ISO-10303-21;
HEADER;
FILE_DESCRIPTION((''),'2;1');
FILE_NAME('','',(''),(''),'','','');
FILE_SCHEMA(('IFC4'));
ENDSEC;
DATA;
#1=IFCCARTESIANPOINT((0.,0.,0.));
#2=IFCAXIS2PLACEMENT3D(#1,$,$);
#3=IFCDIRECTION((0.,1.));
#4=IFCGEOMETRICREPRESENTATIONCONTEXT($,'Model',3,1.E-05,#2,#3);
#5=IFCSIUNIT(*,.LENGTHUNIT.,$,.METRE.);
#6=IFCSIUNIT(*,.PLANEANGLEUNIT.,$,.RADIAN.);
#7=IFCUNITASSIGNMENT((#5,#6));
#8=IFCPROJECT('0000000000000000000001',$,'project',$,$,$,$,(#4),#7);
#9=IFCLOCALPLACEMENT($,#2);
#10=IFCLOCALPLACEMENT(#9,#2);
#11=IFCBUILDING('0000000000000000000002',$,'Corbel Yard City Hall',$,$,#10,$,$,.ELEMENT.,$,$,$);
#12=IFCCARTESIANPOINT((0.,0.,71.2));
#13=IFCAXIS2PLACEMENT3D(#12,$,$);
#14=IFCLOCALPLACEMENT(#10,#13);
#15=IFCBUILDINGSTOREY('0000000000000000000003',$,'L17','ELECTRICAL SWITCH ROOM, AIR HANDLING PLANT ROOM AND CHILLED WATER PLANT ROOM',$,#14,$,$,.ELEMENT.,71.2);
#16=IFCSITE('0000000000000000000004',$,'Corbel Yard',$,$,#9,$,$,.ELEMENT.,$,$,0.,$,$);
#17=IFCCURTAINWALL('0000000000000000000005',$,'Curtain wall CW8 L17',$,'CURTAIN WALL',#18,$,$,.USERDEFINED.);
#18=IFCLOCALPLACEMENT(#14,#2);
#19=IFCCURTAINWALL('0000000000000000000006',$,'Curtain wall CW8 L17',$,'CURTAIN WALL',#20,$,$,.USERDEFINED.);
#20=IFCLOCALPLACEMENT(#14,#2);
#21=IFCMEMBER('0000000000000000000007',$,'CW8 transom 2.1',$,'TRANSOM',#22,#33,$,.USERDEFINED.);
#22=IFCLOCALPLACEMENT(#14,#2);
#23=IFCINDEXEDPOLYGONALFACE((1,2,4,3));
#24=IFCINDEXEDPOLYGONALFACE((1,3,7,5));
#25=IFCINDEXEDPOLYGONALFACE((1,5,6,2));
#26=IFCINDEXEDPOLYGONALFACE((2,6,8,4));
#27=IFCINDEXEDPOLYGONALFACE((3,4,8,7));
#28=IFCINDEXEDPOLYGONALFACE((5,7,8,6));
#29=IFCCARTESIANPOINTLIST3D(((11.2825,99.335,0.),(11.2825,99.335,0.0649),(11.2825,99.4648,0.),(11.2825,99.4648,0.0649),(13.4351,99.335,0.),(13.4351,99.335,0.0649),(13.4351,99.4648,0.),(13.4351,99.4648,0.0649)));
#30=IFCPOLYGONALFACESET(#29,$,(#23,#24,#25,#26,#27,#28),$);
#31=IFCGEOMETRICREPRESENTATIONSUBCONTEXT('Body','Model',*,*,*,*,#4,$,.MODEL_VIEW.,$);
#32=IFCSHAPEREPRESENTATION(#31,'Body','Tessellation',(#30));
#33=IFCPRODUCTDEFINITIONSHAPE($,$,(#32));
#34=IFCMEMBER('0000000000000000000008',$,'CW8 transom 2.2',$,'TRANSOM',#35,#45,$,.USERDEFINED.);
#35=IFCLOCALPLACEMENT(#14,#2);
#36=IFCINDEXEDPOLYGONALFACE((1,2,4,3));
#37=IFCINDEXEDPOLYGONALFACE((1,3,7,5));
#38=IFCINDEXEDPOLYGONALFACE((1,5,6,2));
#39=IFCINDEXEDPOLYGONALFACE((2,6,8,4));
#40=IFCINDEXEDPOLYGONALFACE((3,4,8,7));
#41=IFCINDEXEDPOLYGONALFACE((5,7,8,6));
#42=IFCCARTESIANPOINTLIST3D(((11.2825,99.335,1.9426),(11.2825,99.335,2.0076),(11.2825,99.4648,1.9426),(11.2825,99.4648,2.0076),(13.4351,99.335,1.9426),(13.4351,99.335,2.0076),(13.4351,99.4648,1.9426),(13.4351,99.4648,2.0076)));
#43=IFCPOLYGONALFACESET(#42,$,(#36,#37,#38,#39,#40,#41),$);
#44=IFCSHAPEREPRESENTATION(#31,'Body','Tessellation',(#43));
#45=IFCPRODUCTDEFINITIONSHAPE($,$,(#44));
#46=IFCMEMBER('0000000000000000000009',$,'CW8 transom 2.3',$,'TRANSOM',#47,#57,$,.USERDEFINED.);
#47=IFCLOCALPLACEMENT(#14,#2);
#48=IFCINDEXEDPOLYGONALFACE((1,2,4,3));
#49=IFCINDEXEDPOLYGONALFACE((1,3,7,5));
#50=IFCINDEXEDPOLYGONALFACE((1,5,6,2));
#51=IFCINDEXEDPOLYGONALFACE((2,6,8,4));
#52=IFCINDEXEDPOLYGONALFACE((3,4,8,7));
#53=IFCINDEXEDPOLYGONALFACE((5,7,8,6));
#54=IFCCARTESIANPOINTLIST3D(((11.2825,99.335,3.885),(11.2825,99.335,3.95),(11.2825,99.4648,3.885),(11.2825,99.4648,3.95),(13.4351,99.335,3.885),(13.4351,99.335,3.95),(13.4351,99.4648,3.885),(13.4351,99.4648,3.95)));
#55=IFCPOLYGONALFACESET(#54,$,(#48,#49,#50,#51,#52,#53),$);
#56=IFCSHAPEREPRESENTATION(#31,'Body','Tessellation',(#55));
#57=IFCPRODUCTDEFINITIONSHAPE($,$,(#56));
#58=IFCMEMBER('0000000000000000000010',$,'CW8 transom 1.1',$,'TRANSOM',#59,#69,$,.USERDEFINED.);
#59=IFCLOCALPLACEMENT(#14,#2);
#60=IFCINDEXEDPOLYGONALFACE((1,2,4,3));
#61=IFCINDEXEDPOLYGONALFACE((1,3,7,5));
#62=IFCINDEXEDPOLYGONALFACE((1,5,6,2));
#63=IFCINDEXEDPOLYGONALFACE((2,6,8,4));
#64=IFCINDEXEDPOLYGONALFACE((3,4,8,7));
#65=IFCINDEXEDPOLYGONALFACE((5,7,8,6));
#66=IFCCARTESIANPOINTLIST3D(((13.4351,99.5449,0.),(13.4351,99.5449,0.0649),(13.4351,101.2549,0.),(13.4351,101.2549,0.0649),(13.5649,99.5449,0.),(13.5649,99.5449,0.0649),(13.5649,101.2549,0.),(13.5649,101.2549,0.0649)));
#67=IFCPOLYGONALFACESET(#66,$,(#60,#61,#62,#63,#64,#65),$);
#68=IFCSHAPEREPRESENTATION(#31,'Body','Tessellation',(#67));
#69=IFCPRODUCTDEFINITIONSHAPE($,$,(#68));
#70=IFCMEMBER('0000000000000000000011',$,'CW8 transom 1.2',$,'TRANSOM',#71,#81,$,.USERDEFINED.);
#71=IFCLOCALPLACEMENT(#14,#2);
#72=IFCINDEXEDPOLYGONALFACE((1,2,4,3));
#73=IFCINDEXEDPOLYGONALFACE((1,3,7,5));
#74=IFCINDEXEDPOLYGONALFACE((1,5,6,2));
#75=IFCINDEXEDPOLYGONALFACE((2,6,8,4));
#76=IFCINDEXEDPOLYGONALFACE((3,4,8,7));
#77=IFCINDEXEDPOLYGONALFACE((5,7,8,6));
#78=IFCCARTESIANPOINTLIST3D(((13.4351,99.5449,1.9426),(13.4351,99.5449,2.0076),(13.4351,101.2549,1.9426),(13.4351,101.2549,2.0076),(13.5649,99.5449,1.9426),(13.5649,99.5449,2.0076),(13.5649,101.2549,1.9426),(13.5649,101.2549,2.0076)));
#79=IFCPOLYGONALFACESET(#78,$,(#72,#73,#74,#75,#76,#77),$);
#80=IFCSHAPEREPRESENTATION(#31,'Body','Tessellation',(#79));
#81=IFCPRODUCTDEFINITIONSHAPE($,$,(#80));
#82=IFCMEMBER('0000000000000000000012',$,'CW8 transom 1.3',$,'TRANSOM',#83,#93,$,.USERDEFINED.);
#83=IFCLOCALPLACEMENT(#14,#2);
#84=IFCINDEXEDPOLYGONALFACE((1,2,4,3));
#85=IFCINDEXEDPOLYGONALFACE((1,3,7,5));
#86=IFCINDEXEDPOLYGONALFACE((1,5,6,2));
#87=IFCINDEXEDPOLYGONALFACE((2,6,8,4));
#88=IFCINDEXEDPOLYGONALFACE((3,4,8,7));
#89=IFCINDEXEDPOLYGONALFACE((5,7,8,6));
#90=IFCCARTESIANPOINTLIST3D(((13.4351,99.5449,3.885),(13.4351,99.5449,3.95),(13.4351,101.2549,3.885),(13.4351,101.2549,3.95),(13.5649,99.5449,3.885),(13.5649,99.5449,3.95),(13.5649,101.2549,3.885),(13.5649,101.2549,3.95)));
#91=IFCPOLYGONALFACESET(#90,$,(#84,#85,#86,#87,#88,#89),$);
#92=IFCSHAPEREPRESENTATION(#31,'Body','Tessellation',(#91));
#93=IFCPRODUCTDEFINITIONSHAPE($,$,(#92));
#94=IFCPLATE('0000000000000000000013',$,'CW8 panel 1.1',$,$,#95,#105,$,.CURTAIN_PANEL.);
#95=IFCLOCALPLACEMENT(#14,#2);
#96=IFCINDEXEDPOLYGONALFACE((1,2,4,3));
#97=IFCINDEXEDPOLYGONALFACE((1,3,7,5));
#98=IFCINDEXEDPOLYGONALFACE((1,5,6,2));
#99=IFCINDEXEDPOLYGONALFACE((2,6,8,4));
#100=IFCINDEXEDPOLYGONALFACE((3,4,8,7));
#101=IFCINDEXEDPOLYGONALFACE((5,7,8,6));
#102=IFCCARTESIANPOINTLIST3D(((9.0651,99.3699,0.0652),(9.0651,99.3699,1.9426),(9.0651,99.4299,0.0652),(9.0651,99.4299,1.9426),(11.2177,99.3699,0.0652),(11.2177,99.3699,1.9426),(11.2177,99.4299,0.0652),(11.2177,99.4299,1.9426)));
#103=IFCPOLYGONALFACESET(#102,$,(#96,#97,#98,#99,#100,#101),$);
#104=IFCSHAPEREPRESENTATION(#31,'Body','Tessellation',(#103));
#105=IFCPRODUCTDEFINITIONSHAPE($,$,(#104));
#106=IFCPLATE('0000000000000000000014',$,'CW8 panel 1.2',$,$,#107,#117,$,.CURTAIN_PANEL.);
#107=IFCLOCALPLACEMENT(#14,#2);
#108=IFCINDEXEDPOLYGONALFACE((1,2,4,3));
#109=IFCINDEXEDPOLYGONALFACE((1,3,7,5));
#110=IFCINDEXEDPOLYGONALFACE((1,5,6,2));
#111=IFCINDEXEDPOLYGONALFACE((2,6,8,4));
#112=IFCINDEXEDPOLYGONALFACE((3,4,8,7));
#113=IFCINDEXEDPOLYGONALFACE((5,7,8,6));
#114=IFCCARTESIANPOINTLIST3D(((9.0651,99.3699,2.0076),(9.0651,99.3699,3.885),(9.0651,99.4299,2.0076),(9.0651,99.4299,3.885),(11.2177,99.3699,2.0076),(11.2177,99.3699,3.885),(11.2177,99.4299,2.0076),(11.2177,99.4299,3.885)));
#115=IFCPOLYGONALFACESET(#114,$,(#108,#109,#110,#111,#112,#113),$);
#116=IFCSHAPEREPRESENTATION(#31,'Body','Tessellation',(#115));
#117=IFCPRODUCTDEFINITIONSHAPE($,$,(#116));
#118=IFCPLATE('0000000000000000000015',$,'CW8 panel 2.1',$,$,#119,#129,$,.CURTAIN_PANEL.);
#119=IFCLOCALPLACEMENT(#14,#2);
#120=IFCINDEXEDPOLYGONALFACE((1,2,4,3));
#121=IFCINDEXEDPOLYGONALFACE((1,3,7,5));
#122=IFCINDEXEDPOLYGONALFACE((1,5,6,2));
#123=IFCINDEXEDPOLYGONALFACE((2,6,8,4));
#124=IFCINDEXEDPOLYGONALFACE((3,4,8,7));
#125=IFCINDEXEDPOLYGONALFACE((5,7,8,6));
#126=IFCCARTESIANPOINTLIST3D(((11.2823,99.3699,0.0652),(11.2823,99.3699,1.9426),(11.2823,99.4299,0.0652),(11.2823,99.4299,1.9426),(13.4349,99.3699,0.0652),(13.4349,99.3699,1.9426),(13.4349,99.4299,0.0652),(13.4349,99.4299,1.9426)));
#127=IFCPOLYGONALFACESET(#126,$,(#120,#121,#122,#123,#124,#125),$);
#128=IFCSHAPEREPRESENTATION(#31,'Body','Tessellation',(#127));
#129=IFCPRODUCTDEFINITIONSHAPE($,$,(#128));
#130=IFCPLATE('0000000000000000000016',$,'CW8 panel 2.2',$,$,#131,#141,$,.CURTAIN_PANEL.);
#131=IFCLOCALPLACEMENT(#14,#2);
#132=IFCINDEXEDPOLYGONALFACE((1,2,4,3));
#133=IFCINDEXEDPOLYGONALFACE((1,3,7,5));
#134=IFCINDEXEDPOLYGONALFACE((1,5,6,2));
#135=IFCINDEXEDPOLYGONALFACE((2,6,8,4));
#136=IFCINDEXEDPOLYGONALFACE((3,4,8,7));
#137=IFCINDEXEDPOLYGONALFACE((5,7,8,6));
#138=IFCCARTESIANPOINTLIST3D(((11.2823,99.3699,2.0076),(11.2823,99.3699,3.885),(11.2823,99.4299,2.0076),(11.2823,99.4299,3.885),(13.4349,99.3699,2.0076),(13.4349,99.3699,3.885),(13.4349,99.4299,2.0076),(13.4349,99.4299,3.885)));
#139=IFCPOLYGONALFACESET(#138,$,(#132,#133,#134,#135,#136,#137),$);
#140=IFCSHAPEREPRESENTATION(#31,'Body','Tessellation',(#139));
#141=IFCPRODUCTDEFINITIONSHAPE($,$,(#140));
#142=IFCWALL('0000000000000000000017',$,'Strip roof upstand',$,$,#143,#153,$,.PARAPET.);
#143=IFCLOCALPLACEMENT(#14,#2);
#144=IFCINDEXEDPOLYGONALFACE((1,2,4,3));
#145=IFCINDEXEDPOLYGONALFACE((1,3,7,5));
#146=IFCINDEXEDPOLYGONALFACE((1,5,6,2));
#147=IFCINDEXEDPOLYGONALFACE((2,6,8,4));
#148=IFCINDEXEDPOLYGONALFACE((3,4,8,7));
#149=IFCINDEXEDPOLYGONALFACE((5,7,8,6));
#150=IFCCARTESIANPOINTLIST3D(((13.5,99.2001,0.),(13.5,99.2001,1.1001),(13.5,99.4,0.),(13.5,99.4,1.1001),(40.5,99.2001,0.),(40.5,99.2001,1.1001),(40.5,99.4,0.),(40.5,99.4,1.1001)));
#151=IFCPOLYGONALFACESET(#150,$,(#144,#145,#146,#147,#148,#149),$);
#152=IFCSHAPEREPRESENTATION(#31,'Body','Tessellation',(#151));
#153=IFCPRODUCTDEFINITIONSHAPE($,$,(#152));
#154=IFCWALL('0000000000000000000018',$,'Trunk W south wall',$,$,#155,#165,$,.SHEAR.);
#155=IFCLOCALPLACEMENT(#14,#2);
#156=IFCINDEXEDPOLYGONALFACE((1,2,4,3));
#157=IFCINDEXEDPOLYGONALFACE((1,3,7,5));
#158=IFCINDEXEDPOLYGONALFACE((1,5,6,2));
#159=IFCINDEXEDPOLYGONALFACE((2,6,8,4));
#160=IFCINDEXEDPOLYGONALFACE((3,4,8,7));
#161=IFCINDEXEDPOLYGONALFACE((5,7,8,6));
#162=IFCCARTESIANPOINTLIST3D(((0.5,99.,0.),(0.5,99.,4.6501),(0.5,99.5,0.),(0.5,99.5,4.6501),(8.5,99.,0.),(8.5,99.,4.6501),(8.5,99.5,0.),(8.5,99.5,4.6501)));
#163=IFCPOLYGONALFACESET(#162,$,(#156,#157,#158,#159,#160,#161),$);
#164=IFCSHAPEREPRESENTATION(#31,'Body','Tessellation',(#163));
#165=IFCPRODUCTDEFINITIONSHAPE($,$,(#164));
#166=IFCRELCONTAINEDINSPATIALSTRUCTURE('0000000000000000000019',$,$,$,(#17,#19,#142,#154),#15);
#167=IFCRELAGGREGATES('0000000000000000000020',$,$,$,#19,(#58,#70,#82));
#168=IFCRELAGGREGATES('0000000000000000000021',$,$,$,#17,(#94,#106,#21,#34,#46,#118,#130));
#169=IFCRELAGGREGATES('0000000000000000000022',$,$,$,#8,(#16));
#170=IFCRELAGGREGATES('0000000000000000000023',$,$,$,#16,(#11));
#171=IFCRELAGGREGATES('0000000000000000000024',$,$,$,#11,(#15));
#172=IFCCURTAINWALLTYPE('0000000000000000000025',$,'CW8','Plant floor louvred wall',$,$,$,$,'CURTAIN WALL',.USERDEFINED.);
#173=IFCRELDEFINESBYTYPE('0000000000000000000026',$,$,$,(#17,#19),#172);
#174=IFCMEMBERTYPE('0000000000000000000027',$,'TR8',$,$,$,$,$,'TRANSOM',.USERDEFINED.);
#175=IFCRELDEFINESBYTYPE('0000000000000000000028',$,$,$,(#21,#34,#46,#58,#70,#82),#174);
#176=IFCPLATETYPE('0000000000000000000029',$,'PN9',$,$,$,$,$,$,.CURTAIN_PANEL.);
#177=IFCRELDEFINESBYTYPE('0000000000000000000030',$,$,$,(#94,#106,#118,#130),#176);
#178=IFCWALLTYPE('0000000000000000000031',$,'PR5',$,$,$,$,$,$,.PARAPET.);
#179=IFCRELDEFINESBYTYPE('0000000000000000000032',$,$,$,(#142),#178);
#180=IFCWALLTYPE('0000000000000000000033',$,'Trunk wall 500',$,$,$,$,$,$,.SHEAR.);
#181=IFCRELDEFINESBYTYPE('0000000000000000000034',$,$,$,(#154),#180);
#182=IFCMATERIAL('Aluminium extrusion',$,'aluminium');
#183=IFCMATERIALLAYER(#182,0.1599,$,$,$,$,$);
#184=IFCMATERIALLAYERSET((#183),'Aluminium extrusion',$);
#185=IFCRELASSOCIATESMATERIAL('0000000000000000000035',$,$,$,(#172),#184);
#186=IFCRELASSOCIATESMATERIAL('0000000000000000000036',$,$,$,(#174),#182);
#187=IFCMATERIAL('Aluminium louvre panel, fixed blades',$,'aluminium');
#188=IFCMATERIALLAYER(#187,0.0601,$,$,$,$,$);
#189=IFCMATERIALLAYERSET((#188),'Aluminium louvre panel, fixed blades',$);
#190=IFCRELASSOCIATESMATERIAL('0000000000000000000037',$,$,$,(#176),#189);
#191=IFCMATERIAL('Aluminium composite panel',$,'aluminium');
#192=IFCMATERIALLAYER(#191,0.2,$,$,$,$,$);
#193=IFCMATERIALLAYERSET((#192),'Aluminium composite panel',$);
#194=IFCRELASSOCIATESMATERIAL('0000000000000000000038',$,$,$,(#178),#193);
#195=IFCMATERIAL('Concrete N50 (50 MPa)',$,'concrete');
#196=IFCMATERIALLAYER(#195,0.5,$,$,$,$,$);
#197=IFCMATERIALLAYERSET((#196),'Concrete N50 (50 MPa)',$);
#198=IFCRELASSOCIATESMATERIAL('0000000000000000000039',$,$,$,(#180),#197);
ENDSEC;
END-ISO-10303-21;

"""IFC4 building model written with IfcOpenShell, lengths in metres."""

from ifc_helpers import new_model, si_unit, direction, frame, frame_2d, origin, origin_2d, place, context, subcontext, project, spatial, rectangle, extrude, material, layer, layer_set, material_profile, profile_set, type_object, element, aggregate, save


model = new_model("IFC4")

# Units and contexts
model_context = context("Model", 3, precision=1e-05, world=origin(), true_north=direction((0.0, 1.0)))
body_context = subcontext(model_context, "Body", "Model", "MODEL_VIEW")
ifc_project = project(units=[si_unit("LENGTHUNIT", "METRE"), si_unit("PLANEANGLEUNIT", "RADIAN")], contexts=[model_context])

# Site, building, storey
site_placement = place(None, origin())
site = spatial("IfcSite", under=ifc_project, at=site_placement, Name="Corbel Yard", CompositionType="ELEMENT", RefElevation=0.0)
building_placement = place(site_placement, origin())
building = spatial("IfcBuilding", under=site, at=building_placement, Name="Corbel Yard City Hall", CompositionType="ELEMENT")
storey_placement = place(building_placement, frame((0.0, 0.0, 71.2)))
storey = spatial("IfcBuildingStorey", under=building, at=storey_placement, Name="L17", Description="ELECTRICAL SWITCH ROOM, AIR HANDLING PLANT ROOM AND CHILLED WATER PLANT ROOM", CompositionType="ELEMENT", Elevation=71.2)

# Curtain wall
ifc_material_1 = material(Name="Aluminium extrusion", Category="aluminium")
ifc_layer_1 = layer(ifc_material_1, 0.1599)
ifc_layer_set_1 = layer_set([ifc_layer_1], Name="Aluminium extrusion")
curtain_wall_type = type_object("IfcCurtainWallType", Name="CW8", Description="Plant floor louvred wall", ElementType="CURTAIN WALL", PredefinedType="USERDEFINED", material=ifc_layer_set_1)
curtain_wall_1_placement = place(storey_placement, origin())
curtain_wall_1 = element("IfcCurtainWall", 1, at=curtain_wall_1_placement, inside=storey, type_object=curtain_wall_type, Name="Curtain wall CW8 L17", ObjectType="CURTAIN WALL", PredefinedType="USERDEFINED")

# Curtain wall
curtain_wall_2_placement = place(storey_placement, origin())
curtain_wall_2 = element("IfcCurtainWall", 2, at=curtain_wall_2_placement, inside=storey, type_object=curtain_wall_type, Name="Curtain wall CW8 L17", ObjectType="CURTAIN WALL", PredefinedType="USERDEFINED")

# Members
ifc_material_profile_1 = material_profile(ifc_material_1, rectangle(XDim=0.1299, YDim=0.0649, at=origin_2d()), Name="130x65")
ifc_profile_set_1 = profile_set([ifc_material_profile_1], Name="Aluminium extrusion")
member_type_1 = type_object("IfcMemberType", Name="TR8", ElementType="TRANSOM", PredefinedType="USERDEFINED", material=ifc_profile_set_1)
member_1_placement = place(storey_placement, frame((11.2825, 99.3999, 0.0325), z_axis=(1.0, 0.0, 0.0), x_axis=(0.0, 1.0, 0.0)))
member_1 = element("IfcMember", 3, at=member_1_placement, type_object=member_type_1, Name="CW8 transom 2.1", ObjectType="TRANSOM", PredefinedType="USERDEFINED", context=body_context, shape_type="SweptSolid", body=[
    extrude(rectangle(XDim=0.1299, YDim=0.0649, at=origin_2d()), origin(), (0.0, 0.0, 1.0), 2.1526),
])
member_2_placement = place(storey_placement, frame((11.2825, 99.3999, 1.9751), z_axis=(1.0, 0.0, 0.0), x_axis=(0.0, 1.0, 0.0)))
member_2 = element("IfcMember", 4, at=member_2_placement, type_object=member_type_1, Name="CW8 transom 2.2", ObjectType="TRANSOM", PredefinedType="USERDEFINED", context=body_context, shape_type="SweptSolid", body=[
    extrude(rectangle(XDim=0.1299, YDim=0.0649, at=origin_2d()), origin(), (0.0, 0.0, 1.0), 2.1526),
])
member_3_placement = place(storey_placement, frame((11.2825, 99.3999, 3.9175), z_axis=(1.0, 0.0, 0.0), x_axis=(0.0, 1.0, 0.0)))
member_3 = element("IfcMember", 5, at=member_3_placement, type_object=member_type_1, Name="CW8 transom 2.3", ObjectType="TRANSOM", PredefinedType="USERDEFINED", context=body_context, shape_type="SweptSolid", body=[
    extrude(rectangle(XDim=0.1299, YDim=0.0649, at=origin_2d()), origin(), (0.0, 0.0, 1.0), 2.1526),
])
member_4_placement = place(storey_placement, frame((13.5, 99.5449, 0.0325), z_axis=(0.0, 1.0, 0.0), x_axis=(-1.0, 0.0, 0.0)))
member_4 = element("IfcMember", 6, at=member_4_placement, type_object=member_type_1, Name="CW8 transom 1.1", ObjectType="TRANSOM", PredefinedType="USERDEFINED", context=body_context, shape_type="SweptSolid", body=[
    extrude(rectangle(XDim=0.1299, YDim=0.0649, at=origin_2d()), origin(), (0.0, 0.0, 1.0), 1.71),
])
member_5_placement = place(storey_placement, frame((13.5, 99.5449, 1.9751), z_axis=(0.0, 1.0, 0.0), x_axis=(-1.0, 0.0, 0.0)))
member_5 = element("IfcMember", 7, at=member_5_placement, type_object=member_type_1, Name="CW8 transom 1.2", ObjectType="TRANSOM", PredefinedType="USERDEFINED", context=body_context, shape_type="SweptSolid", body=[
    extrude(rectangle(XDim=0.1299, YDim=0.0649, at=origin_2d()), origin(), (0.0, 0.0, 1.0), 1.71),
])
member_6_placement = place(storey_placement, frame((13.5, 99.5449, 3.9175), z_axis=(0.0, 1.0, 0.0), x_axis=(-1.0, 0.0, 0.0)))
member_6 = element("IfcMember", 8, at=member_6_placement, type_object=member_type_1, Name="CW8 transom 1.3", ObjectType="TRANSOM", PredefinedType="USERDEFINED", context=body_context, shape_type="SweptSolid", body=[
    extrude(rectangle(XDim=0.1299, YDim=0.0649, at=origin_2d()), origin(), (0.0, 0.0, 1.0), 1.71),
])
aggregate(curtain_wall_2, [member_4, member_5, member_6])

# Plates
ifc_material_2 = material(Name="Aluminium louvre panel, fixed blades", Category="aluminium")
ifc_layer_2 = layer(ifc_material_2, 0.0601)
ifc_layer_set_2 = layer_set([ifc_layer_2], Name="Aluminium louvre panel, fixed blades")
plate_type = type_object("IfcPlateType", Name="PN9", PredefinedType="CURTAIN_PANEL", material=ifc_layer_set_2)
plate_1_placement = place(storey_placement, frame((10.1414, 99.3999, 0.0652), z_axis=(0.0, 0.0, 1.0), x_axis=(1.0, 0.0, 0.0)))
plate_1 = element("IfcPlate", 9, at=plate_1_placement, type_object=plate_type, Name="CW8 panel 1.1", PredefinedType="CURTAIN_PANEL", context=body_context, shape_type="SweptSolid", body=[
    extrude(rectangle(XDim=2.1526, YDim=0.0601, at=origin_2d()), origin(), (0.0, 0.0, 1.0), 1.8774),
])
plate_2_placement = place(storey_placement, frame((10.1414, 99.3999, 2.0076), z_axis=(0.0, 0.0, 1.0), x_axis=(1.0, 0.0, 0.0)))
plate_2 = element("IfcPlate", 10, at=plate_2_placement, type_object=plate_type, Name="CW8 panel 1.2", PredefinedType="CURTAIN_PANEL", context=body_context, shape_type="SweptSolid", body=[
    extrude(rectangle(XDim=2.1526, YDim=0.0601, at=origin_2d()), origin(), (0.0, 0.0, 1.0), 1.8774),
])
plate_3_placement = place(storey_placement, frame((12.3586, 99.3999, 0.0652), z_axis=(0.0, 0.0, 1.0), x_axis=(1.0, 0.0, 0.0)))
plate_3 = element("IfcPlate", 11, at=plate_3_placement, type_object=plate_type, Name="CW8 panel 2.1", PredefinedType="CURTAIN_PANEL", context=body_context, shape_type="SweptSolid", body=[
    extrude(rectangle(XDim=2.1526, YDim=0.0601, at=origin_2d()), origin(), (0.0, 0.0, 1.0), 1.8774),
])
plate_4_placement = place(storey_placement, frame((12.3586, 99.3999, 2.0076), z_axis=(0.0, 0.0, 1.0), x_axis=(1.0, 0.0, 0.0)))
plate_4 = element("IfcPlate", 12, at=plate_4_placement, type_object=plate_type, Name="CW8 panel 2.2", PredefinedType="CURTAIN_PANEL", context=body_context, shape_type="SweptSolid", body=[
    extrude(rectangle(XDim=2.1526, YDim=0.0601, at=origin_2d()), origin(), (0.0, 0.0, 1.0), 1.8774),
])
aggregate(curtain_wall_1, [plate_1, plate_2, member_1, member_2, member_3, plate_3, plate_4])

# Walls
ifc_material_3 = material(Name="Aluminium composite panel", Category="aluminium")
ifc_layer_3 = layer(ifc_material_3, 0.2)
ifc_layer_set_3 = layer_set([ifc_layer_3], Name="Aluminium composite panel")
wall_type_1 = type_object("IfcWallType", Name="PR5", PredefinedType="PARAPET", material=ifc_layer_set_3)
wall_1_placement = place(storey_placement, frame((13.5, 99.3, 0.0), z_axis=(0.0, 0.0, 1.0), x_axis=(1.0, 0.0, 0.0)))
element("IfcWall", 13, at=wall_1_placement, inside=storey, type_object=wall_type_1, Name="Strip roof upstand", PredefinedType="PARAPET", context=body_context, shape_type="SweptSolid", body=[
    extrude(rectangle(XDim=27.0, YDim=0.2, at=frame_2d((13.5, 0.0))), origin(), (0.0, 0.0, 1.0), 1.1001),
])
ifc_material_4 = material(Name="Concrete N50 (50 MPa)", Category="concrete")
ifc_layer_4 = layer(ifc_material_4, 0.5)
ifc_layer_set_4 = layer_set([ifc_layer_4], Name="Concrete N50 (50 MPa)")
wall_type_2 = type_object("IfcWallType", Name="Trunk wall 500", PredefinedType="SHEAR", material=ifc_layer_set_4)
wall_2_placement = place(storey_placement, frame((0.5, 99.25, 0.0), z_axis=(0.0, 0.0, 1.0), x_axis=(1.0, 0.0, 0.0)))
element("IfcWall", 14, at=wall_2_placement, inside=storey, type_object=wall_type_2, Name="Trunk W south wall", PredefinedType="SHEAR", context=body_context, shape_type="SweptSolid", body=[
    extrude(rectangle(XDim=8.0, YDim=0.5, at=frame_2d((4.0, 0.0))), origin(), (0.0, 0.0, 1.0), 4.6501),
])

save(model, "model.ifc")
